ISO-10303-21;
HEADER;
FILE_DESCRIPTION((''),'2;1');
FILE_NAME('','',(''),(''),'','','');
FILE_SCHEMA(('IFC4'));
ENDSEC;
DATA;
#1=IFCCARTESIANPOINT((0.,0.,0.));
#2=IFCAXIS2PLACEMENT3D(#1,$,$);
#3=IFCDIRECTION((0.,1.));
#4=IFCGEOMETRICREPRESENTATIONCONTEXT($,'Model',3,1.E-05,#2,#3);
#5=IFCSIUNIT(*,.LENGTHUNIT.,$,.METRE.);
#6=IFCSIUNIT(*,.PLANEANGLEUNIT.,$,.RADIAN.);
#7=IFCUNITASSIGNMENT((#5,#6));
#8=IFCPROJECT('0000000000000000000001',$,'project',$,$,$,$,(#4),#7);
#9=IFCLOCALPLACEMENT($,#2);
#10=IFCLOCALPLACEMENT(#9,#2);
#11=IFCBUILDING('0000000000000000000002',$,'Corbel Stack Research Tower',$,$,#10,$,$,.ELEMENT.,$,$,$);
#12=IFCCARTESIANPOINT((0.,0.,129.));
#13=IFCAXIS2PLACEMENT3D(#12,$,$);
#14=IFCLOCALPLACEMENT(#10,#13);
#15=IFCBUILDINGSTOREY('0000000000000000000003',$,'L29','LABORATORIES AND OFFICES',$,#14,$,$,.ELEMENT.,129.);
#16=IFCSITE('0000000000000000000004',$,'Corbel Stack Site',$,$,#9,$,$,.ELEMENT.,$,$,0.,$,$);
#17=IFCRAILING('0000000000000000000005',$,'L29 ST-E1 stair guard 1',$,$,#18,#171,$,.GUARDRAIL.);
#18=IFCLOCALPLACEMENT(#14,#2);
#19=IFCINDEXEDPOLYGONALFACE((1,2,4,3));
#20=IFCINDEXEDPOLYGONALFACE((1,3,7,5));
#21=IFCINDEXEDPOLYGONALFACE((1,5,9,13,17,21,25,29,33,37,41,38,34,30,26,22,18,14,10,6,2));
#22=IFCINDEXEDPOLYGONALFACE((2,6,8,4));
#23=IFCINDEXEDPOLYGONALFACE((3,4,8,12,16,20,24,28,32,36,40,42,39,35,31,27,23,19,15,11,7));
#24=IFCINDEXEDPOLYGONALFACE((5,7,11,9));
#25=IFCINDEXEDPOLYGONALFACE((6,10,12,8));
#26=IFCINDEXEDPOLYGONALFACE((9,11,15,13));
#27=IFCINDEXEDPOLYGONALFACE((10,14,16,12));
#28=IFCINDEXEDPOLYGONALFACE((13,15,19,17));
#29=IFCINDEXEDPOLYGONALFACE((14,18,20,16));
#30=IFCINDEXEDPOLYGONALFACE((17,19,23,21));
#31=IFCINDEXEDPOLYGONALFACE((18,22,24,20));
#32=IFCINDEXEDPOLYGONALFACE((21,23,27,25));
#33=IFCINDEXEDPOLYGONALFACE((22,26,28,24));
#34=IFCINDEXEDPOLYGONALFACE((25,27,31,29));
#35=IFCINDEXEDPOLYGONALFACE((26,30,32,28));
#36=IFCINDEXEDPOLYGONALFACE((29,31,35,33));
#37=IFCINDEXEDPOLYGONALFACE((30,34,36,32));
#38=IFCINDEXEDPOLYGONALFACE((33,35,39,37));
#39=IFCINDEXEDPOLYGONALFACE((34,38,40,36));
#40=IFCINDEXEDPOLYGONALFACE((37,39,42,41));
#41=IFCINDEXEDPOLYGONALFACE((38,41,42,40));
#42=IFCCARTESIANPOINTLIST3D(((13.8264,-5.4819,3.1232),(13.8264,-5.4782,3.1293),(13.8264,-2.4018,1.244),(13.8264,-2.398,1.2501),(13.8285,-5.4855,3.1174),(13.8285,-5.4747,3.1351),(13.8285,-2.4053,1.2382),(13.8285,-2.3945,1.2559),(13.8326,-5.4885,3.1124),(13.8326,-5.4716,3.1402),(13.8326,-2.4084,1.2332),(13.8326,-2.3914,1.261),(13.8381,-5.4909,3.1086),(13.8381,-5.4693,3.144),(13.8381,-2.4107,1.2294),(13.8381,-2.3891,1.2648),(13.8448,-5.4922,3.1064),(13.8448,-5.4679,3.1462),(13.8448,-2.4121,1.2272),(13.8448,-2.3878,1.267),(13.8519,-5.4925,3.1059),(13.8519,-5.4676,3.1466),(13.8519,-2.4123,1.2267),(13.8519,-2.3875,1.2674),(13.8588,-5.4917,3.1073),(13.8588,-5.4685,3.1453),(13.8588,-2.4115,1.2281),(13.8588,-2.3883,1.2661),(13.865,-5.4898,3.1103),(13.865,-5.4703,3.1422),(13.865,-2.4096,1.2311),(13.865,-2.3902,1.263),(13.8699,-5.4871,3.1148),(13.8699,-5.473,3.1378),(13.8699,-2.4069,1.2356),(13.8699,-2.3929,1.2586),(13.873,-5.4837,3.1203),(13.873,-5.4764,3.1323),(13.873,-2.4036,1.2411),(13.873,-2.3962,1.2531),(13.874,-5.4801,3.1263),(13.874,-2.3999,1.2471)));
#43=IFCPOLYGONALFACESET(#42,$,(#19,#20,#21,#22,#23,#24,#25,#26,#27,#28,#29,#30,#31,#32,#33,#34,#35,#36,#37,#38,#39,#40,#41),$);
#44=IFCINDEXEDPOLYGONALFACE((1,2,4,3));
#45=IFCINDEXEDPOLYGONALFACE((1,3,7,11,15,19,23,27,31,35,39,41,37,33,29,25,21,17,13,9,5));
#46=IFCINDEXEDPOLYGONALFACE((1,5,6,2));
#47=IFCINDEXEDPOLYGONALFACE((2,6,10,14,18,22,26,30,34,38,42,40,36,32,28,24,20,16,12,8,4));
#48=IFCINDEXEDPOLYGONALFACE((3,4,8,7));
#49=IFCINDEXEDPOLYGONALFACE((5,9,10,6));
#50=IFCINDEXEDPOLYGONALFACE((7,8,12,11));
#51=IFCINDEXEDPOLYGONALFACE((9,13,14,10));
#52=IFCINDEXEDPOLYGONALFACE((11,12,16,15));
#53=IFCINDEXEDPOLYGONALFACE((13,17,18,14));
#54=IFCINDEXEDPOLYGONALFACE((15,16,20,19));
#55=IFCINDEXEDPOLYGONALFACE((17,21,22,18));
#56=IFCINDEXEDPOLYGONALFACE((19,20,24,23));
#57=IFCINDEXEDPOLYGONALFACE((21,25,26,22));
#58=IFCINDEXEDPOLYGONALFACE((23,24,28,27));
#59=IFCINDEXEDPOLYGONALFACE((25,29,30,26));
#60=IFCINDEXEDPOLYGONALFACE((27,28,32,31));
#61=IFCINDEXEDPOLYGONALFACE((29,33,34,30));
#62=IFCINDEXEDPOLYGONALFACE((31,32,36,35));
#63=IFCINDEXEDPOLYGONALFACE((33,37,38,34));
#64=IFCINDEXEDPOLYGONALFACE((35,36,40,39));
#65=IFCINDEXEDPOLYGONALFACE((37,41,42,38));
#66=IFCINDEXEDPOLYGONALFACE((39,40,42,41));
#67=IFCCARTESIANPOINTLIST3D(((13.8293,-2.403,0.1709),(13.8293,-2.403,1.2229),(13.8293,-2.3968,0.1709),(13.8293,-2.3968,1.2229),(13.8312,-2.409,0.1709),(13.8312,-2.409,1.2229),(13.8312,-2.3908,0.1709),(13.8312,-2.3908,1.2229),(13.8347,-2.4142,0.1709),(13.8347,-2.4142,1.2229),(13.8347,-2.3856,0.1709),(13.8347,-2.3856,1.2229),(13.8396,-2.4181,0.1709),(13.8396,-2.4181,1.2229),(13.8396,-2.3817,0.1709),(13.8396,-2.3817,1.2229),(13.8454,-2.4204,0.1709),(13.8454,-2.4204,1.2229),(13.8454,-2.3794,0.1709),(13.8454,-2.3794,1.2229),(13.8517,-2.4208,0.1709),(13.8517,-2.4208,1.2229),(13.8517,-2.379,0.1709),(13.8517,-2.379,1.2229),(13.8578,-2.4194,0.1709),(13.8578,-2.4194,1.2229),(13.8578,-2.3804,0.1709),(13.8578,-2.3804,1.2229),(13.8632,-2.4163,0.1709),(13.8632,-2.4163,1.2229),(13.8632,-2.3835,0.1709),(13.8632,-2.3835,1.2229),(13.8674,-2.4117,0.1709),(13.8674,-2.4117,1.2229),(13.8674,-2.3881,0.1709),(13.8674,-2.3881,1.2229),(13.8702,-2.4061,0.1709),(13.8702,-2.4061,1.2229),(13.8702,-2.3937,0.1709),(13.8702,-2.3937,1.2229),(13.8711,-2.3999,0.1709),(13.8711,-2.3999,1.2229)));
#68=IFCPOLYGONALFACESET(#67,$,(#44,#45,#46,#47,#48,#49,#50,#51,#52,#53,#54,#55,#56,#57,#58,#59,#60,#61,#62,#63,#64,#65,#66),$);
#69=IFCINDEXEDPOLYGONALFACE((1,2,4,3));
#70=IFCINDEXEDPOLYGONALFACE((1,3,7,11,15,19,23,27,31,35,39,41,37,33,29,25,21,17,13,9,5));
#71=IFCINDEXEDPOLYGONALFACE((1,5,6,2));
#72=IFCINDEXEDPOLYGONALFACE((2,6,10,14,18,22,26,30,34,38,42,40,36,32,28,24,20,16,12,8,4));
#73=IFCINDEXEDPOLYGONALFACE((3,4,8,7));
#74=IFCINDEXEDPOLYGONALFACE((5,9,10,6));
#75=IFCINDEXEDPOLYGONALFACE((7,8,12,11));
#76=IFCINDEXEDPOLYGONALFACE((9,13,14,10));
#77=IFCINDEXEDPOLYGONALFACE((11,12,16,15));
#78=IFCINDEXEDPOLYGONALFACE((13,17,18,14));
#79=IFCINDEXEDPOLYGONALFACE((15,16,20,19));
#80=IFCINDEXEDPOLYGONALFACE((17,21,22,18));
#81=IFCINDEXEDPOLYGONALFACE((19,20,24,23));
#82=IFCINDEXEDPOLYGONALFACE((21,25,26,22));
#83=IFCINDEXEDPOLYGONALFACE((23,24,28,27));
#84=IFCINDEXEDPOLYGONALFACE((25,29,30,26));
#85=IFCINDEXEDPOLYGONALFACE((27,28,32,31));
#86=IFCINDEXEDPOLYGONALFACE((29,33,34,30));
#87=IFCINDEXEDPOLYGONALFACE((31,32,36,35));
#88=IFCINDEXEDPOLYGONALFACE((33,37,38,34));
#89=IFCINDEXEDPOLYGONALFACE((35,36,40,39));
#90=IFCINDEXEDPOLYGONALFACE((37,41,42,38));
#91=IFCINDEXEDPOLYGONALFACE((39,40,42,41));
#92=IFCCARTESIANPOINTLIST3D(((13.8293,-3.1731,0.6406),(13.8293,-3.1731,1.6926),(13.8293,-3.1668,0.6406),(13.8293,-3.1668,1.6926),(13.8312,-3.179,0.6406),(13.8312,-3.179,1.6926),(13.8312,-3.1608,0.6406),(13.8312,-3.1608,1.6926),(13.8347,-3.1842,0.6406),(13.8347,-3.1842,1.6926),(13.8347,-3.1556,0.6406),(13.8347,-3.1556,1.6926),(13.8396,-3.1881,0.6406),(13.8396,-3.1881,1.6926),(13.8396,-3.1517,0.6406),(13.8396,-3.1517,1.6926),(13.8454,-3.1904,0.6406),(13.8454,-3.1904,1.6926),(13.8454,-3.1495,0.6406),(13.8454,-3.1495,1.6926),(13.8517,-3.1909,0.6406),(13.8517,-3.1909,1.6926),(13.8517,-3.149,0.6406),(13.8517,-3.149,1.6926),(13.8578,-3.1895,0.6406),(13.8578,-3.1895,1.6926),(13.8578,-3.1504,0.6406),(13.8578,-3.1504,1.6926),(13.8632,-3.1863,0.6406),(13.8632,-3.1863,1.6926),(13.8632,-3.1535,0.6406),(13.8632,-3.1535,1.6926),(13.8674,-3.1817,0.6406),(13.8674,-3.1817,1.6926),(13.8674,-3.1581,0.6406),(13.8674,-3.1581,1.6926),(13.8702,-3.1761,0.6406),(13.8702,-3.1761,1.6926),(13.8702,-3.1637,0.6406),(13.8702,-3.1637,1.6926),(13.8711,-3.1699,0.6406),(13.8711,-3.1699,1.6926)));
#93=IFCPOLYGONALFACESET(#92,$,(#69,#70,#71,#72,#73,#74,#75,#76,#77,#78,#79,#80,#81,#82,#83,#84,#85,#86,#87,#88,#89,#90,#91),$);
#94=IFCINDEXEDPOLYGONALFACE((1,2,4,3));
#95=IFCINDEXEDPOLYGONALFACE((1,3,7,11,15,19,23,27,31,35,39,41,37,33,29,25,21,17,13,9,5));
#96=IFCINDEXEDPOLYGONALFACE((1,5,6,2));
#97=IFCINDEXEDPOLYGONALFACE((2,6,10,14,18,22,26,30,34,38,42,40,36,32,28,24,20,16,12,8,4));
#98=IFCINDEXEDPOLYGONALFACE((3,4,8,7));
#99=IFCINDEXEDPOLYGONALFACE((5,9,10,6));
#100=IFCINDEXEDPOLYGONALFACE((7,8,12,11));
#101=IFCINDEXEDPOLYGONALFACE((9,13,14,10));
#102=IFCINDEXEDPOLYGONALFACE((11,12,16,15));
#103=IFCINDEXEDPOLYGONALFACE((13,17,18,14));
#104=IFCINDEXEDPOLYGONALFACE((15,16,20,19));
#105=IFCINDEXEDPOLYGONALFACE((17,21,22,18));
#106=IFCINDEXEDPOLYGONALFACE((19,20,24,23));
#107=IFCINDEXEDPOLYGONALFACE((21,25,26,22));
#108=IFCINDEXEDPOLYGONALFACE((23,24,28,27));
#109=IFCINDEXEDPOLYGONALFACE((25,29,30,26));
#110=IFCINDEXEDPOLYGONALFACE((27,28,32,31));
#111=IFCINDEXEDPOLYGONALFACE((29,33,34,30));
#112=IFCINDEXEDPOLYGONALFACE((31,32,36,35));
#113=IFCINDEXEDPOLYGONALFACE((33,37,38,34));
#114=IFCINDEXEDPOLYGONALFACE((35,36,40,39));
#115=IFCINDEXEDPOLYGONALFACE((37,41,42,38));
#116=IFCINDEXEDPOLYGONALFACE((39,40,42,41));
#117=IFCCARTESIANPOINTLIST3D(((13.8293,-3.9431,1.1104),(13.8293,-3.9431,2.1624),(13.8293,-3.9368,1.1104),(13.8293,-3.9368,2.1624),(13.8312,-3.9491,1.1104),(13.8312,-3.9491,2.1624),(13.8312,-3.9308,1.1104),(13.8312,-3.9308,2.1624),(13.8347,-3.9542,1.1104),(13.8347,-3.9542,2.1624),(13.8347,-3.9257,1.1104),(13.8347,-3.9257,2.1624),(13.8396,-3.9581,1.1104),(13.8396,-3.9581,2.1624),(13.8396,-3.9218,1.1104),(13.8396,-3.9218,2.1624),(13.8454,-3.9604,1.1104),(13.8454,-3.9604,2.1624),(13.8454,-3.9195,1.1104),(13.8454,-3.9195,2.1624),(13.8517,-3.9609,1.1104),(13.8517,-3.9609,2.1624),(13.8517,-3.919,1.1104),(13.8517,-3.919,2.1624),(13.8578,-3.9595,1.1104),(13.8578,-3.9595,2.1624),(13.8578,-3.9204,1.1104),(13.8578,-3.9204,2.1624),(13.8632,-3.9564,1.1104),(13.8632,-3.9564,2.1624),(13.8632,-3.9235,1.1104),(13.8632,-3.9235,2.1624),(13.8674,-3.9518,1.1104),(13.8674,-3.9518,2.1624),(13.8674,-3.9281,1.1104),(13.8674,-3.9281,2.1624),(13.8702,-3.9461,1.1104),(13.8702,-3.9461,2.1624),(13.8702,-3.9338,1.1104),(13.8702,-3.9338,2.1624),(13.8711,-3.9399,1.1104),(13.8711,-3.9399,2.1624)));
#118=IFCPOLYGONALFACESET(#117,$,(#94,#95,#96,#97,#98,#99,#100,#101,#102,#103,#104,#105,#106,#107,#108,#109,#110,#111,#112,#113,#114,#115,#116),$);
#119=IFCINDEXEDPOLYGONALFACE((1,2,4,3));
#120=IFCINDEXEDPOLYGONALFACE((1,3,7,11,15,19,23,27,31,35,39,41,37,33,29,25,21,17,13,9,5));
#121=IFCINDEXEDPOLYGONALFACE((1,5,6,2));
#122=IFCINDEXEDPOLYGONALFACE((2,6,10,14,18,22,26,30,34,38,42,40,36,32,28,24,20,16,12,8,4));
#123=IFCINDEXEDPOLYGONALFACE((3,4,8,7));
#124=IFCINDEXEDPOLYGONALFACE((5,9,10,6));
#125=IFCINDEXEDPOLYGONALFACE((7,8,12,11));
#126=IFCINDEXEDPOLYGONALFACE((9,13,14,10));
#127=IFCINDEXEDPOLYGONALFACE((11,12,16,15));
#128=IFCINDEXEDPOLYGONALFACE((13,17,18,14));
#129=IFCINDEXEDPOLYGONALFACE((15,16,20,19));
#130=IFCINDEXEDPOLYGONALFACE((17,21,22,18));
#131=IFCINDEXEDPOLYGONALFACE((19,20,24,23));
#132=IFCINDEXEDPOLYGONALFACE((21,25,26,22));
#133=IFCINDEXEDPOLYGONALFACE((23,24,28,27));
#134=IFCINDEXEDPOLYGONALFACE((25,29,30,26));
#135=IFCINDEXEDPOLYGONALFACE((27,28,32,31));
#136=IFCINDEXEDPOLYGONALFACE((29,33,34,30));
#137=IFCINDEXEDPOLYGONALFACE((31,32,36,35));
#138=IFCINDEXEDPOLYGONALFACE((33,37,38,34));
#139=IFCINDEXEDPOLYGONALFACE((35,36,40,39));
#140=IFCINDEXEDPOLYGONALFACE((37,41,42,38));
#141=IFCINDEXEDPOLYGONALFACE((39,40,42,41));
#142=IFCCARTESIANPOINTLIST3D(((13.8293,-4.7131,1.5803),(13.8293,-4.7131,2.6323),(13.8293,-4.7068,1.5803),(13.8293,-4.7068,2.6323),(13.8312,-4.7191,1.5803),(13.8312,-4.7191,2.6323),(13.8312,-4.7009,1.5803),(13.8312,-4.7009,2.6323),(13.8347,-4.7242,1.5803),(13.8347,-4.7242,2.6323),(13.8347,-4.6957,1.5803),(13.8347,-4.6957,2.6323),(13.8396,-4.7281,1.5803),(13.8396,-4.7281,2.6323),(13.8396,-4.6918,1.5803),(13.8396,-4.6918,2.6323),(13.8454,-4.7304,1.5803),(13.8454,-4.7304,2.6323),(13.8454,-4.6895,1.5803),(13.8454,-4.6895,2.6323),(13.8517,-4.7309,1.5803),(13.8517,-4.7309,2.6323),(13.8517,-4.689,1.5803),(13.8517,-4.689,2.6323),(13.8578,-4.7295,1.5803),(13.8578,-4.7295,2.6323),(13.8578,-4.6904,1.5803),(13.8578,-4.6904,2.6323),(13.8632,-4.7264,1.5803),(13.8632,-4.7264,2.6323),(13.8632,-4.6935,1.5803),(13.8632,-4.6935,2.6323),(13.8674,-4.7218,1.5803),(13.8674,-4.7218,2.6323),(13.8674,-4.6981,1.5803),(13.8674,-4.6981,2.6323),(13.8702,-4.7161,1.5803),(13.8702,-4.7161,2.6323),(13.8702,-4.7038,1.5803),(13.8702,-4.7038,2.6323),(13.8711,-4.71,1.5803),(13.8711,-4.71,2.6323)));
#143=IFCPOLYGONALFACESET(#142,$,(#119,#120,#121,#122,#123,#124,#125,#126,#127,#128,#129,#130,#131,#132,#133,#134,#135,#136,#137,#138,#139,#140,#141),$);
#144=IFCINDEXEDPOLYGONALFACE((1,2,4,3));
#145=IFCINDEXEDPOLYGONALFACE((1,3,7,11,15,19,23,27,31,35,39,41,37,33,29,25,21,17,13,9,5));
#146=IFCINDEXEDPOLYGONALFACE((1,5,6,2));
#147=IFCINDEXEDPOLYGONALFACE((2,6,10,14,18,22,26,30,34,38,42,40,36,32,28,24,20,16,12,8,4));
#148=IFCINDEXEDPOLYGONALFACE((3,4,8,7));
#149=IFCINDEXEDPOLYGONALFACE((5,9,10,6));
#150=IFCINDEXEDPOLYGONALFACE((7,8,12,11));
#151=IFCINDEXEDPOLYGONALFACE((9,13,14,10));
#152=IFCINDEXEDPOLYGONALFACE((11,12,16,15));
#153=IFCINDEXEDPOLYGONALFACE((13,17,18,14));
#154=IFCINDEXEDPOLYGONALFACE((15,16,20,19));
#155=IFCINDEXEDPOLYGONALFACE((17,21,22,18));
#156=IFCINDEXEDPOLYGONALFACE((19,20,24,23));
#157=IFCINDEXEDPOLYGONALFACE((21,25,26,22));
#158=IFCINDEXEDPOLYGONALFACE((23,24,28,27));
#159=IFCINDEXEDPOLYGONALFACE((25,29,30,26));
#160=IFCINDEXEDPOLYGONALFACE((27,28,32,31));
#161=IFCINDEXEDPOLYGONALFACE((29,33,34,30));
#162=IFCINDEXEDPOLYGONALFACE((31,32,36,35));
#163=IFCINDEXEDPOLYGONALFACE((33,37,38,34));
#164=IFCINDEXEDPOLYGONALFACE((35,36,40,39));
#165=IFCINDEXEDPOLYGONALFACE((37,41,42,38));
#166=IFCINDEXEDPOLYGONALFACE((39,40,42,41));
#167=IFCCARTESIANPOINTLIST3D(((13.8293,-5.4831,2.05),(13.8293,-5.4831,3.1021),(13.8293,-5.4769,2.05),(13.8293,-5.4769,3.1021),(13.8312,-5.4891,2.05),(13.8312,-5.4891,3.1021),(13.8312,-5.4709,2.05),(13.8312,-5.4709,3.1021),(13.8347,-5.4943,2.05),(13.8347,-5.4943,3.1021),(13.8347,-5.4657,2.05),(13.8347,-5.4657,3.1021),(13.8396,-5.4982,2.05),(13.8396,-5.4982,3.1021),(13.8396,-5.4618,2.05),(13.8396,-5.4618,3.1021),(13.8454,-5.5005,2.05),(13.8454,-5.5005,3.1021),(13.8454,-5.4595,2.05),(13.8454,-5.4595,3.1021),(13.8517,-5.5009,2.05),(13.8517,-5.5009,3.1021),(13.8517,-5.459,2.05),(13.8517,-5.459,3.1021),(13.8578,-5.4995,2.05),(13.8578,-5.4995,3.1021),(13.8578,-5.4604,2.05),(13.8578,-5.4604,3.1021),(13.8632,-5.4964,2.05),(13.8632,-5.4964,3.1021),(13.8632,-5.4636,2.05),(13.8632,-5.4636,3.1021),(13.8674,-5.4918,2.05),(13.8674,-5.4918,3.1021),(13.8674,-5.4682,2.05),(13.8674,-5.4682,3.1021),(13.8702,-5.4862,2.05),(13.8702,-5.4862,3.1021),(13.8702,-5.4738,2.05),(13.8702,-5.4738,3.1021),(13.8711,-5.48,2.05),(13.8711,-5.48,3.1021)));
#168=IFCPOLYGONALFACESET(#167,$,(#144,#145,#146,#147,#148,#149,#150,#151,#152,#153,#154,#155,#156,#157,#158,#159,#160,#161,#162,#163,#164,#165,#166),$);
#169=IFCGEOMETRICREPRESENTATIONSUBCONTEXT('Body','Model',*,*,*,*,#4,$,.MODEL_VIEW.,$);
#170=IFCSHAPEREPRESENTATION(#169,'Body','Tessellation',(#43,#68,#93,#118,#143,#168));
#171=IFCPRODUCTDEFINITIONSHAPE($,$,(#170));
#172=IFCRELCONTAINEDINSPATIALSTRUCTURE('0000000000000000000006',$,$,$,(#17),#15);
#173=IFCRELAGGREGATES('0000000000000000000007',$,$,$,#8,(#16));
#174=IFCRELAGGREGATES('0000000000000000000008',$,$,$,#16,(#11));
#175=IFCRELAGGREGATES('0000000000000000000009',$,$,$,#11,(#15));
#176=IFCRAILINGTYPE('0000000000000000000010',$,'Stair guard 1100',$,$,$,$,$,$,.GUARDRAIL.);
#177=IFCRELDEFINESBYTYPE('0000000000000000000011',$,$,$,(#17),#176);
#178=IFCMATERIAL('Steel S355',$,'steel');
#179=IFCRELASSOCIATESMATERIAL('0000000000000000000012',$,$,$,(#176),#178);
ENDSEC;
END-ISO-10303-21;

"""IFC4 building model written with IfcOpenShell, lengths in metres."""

from ifc_helpers import new_model, si_unit, direction, frame, origin, origin_2d, place, context, subcontext, project, spatial, circle, extrude, material, type_object, element, save


model = new_model("IFC4")

# Units and contexts
model_context = context("Model", 3, precision=1e-05, world=origin(), true_north=direction((0.0, 1.0)))
body_context = subcontext(model_context, "Body", "Model", "MODEL_VIEW")
ifc_project = project(units=[si_unit("LENGTHUNIT", "METRE"), si_unit("PLANEANGLEUNIT", "RADIAN")], contexts=[model_context])

# Site, building, storey
site_placement = place(None, origin())
site = spatial("IfcSite", under=ifc_project, at=site_placement, Name="Corbel Stack Site", CompositionType="ELEMENT", RefElevation=0.0)
building_placement = place(site_placement, origin())
building = spatial("IfcBuilding", under=site, at=building_placement, Name="Corbel Stack Research Tower", CompositionType="ELEMENT")
storey_placement = place(building_placement, frame((0.0, 0.0, 129.0)))
storey = spatial("IfcBuildingStorey", under=building, at=storey_placement, Name="L29", Description="LABORATORIES AND OFFICES", CompositionType="ELEMENT", Elevation=129.0)

# Railing
ifc_material_1 = material(Name="Steel S355", Category="steel")
railing_type_1 = type_object("IfcRailingType", Name="Stair guard 1100", PredefinedType="GUARDRAIL", material=ifc_material_1)
railing_1_placement = place(storey_placement, frame((13.8501, -2.3999, 0.1709)))
element("IfcRailing", 1, at=railing_1_placement, inside=storey, type_object=railing_type_1, Name="L29 ST-E1 stair guard 1", PredefinedType="GUARDRAIL", context=body_context, shape_type="SweptSolid", body=[
    extrude(circle(Radius=0.0239, at=origin_2d()), frame((0.0, 0.0, 1.0762), z_axis=(0.0, -0.853666, 0.52082), x_axis=(1.0, 0.0, 0.0)), (0.0, 0.0, 1.0), 3.6082),
    extrude(circle(Radius=0.021, at=origin_2d()), origin(), (0.0, 0.0, 1.0), 1.052),
    extrude(circle(Radius=0.021, at=origin_2d()), frame((0.0, -0.77, 0.4697)), (0.0, 0.0, 1.0), 1.052),
    extrude(circle(Radius=0.021, at=origin_2d()), frame((0.0, -1.54, 0.9395)), (0.0, 0.0, 1.0), 1.052),
    extrude(circle(Radius=0.021, at=origin_2d()), frame((0.0, -2.3101, 1.4094)), (0.0, 0.0, 1.0), 1.052),
    extrude(circle(Radius=0.021, at=origin_2d()), frame((0.0, -3.0801, 1.8792)), (0.0, 0.0, 1.0), 1.052),
])

save(model, "model.ifc")
